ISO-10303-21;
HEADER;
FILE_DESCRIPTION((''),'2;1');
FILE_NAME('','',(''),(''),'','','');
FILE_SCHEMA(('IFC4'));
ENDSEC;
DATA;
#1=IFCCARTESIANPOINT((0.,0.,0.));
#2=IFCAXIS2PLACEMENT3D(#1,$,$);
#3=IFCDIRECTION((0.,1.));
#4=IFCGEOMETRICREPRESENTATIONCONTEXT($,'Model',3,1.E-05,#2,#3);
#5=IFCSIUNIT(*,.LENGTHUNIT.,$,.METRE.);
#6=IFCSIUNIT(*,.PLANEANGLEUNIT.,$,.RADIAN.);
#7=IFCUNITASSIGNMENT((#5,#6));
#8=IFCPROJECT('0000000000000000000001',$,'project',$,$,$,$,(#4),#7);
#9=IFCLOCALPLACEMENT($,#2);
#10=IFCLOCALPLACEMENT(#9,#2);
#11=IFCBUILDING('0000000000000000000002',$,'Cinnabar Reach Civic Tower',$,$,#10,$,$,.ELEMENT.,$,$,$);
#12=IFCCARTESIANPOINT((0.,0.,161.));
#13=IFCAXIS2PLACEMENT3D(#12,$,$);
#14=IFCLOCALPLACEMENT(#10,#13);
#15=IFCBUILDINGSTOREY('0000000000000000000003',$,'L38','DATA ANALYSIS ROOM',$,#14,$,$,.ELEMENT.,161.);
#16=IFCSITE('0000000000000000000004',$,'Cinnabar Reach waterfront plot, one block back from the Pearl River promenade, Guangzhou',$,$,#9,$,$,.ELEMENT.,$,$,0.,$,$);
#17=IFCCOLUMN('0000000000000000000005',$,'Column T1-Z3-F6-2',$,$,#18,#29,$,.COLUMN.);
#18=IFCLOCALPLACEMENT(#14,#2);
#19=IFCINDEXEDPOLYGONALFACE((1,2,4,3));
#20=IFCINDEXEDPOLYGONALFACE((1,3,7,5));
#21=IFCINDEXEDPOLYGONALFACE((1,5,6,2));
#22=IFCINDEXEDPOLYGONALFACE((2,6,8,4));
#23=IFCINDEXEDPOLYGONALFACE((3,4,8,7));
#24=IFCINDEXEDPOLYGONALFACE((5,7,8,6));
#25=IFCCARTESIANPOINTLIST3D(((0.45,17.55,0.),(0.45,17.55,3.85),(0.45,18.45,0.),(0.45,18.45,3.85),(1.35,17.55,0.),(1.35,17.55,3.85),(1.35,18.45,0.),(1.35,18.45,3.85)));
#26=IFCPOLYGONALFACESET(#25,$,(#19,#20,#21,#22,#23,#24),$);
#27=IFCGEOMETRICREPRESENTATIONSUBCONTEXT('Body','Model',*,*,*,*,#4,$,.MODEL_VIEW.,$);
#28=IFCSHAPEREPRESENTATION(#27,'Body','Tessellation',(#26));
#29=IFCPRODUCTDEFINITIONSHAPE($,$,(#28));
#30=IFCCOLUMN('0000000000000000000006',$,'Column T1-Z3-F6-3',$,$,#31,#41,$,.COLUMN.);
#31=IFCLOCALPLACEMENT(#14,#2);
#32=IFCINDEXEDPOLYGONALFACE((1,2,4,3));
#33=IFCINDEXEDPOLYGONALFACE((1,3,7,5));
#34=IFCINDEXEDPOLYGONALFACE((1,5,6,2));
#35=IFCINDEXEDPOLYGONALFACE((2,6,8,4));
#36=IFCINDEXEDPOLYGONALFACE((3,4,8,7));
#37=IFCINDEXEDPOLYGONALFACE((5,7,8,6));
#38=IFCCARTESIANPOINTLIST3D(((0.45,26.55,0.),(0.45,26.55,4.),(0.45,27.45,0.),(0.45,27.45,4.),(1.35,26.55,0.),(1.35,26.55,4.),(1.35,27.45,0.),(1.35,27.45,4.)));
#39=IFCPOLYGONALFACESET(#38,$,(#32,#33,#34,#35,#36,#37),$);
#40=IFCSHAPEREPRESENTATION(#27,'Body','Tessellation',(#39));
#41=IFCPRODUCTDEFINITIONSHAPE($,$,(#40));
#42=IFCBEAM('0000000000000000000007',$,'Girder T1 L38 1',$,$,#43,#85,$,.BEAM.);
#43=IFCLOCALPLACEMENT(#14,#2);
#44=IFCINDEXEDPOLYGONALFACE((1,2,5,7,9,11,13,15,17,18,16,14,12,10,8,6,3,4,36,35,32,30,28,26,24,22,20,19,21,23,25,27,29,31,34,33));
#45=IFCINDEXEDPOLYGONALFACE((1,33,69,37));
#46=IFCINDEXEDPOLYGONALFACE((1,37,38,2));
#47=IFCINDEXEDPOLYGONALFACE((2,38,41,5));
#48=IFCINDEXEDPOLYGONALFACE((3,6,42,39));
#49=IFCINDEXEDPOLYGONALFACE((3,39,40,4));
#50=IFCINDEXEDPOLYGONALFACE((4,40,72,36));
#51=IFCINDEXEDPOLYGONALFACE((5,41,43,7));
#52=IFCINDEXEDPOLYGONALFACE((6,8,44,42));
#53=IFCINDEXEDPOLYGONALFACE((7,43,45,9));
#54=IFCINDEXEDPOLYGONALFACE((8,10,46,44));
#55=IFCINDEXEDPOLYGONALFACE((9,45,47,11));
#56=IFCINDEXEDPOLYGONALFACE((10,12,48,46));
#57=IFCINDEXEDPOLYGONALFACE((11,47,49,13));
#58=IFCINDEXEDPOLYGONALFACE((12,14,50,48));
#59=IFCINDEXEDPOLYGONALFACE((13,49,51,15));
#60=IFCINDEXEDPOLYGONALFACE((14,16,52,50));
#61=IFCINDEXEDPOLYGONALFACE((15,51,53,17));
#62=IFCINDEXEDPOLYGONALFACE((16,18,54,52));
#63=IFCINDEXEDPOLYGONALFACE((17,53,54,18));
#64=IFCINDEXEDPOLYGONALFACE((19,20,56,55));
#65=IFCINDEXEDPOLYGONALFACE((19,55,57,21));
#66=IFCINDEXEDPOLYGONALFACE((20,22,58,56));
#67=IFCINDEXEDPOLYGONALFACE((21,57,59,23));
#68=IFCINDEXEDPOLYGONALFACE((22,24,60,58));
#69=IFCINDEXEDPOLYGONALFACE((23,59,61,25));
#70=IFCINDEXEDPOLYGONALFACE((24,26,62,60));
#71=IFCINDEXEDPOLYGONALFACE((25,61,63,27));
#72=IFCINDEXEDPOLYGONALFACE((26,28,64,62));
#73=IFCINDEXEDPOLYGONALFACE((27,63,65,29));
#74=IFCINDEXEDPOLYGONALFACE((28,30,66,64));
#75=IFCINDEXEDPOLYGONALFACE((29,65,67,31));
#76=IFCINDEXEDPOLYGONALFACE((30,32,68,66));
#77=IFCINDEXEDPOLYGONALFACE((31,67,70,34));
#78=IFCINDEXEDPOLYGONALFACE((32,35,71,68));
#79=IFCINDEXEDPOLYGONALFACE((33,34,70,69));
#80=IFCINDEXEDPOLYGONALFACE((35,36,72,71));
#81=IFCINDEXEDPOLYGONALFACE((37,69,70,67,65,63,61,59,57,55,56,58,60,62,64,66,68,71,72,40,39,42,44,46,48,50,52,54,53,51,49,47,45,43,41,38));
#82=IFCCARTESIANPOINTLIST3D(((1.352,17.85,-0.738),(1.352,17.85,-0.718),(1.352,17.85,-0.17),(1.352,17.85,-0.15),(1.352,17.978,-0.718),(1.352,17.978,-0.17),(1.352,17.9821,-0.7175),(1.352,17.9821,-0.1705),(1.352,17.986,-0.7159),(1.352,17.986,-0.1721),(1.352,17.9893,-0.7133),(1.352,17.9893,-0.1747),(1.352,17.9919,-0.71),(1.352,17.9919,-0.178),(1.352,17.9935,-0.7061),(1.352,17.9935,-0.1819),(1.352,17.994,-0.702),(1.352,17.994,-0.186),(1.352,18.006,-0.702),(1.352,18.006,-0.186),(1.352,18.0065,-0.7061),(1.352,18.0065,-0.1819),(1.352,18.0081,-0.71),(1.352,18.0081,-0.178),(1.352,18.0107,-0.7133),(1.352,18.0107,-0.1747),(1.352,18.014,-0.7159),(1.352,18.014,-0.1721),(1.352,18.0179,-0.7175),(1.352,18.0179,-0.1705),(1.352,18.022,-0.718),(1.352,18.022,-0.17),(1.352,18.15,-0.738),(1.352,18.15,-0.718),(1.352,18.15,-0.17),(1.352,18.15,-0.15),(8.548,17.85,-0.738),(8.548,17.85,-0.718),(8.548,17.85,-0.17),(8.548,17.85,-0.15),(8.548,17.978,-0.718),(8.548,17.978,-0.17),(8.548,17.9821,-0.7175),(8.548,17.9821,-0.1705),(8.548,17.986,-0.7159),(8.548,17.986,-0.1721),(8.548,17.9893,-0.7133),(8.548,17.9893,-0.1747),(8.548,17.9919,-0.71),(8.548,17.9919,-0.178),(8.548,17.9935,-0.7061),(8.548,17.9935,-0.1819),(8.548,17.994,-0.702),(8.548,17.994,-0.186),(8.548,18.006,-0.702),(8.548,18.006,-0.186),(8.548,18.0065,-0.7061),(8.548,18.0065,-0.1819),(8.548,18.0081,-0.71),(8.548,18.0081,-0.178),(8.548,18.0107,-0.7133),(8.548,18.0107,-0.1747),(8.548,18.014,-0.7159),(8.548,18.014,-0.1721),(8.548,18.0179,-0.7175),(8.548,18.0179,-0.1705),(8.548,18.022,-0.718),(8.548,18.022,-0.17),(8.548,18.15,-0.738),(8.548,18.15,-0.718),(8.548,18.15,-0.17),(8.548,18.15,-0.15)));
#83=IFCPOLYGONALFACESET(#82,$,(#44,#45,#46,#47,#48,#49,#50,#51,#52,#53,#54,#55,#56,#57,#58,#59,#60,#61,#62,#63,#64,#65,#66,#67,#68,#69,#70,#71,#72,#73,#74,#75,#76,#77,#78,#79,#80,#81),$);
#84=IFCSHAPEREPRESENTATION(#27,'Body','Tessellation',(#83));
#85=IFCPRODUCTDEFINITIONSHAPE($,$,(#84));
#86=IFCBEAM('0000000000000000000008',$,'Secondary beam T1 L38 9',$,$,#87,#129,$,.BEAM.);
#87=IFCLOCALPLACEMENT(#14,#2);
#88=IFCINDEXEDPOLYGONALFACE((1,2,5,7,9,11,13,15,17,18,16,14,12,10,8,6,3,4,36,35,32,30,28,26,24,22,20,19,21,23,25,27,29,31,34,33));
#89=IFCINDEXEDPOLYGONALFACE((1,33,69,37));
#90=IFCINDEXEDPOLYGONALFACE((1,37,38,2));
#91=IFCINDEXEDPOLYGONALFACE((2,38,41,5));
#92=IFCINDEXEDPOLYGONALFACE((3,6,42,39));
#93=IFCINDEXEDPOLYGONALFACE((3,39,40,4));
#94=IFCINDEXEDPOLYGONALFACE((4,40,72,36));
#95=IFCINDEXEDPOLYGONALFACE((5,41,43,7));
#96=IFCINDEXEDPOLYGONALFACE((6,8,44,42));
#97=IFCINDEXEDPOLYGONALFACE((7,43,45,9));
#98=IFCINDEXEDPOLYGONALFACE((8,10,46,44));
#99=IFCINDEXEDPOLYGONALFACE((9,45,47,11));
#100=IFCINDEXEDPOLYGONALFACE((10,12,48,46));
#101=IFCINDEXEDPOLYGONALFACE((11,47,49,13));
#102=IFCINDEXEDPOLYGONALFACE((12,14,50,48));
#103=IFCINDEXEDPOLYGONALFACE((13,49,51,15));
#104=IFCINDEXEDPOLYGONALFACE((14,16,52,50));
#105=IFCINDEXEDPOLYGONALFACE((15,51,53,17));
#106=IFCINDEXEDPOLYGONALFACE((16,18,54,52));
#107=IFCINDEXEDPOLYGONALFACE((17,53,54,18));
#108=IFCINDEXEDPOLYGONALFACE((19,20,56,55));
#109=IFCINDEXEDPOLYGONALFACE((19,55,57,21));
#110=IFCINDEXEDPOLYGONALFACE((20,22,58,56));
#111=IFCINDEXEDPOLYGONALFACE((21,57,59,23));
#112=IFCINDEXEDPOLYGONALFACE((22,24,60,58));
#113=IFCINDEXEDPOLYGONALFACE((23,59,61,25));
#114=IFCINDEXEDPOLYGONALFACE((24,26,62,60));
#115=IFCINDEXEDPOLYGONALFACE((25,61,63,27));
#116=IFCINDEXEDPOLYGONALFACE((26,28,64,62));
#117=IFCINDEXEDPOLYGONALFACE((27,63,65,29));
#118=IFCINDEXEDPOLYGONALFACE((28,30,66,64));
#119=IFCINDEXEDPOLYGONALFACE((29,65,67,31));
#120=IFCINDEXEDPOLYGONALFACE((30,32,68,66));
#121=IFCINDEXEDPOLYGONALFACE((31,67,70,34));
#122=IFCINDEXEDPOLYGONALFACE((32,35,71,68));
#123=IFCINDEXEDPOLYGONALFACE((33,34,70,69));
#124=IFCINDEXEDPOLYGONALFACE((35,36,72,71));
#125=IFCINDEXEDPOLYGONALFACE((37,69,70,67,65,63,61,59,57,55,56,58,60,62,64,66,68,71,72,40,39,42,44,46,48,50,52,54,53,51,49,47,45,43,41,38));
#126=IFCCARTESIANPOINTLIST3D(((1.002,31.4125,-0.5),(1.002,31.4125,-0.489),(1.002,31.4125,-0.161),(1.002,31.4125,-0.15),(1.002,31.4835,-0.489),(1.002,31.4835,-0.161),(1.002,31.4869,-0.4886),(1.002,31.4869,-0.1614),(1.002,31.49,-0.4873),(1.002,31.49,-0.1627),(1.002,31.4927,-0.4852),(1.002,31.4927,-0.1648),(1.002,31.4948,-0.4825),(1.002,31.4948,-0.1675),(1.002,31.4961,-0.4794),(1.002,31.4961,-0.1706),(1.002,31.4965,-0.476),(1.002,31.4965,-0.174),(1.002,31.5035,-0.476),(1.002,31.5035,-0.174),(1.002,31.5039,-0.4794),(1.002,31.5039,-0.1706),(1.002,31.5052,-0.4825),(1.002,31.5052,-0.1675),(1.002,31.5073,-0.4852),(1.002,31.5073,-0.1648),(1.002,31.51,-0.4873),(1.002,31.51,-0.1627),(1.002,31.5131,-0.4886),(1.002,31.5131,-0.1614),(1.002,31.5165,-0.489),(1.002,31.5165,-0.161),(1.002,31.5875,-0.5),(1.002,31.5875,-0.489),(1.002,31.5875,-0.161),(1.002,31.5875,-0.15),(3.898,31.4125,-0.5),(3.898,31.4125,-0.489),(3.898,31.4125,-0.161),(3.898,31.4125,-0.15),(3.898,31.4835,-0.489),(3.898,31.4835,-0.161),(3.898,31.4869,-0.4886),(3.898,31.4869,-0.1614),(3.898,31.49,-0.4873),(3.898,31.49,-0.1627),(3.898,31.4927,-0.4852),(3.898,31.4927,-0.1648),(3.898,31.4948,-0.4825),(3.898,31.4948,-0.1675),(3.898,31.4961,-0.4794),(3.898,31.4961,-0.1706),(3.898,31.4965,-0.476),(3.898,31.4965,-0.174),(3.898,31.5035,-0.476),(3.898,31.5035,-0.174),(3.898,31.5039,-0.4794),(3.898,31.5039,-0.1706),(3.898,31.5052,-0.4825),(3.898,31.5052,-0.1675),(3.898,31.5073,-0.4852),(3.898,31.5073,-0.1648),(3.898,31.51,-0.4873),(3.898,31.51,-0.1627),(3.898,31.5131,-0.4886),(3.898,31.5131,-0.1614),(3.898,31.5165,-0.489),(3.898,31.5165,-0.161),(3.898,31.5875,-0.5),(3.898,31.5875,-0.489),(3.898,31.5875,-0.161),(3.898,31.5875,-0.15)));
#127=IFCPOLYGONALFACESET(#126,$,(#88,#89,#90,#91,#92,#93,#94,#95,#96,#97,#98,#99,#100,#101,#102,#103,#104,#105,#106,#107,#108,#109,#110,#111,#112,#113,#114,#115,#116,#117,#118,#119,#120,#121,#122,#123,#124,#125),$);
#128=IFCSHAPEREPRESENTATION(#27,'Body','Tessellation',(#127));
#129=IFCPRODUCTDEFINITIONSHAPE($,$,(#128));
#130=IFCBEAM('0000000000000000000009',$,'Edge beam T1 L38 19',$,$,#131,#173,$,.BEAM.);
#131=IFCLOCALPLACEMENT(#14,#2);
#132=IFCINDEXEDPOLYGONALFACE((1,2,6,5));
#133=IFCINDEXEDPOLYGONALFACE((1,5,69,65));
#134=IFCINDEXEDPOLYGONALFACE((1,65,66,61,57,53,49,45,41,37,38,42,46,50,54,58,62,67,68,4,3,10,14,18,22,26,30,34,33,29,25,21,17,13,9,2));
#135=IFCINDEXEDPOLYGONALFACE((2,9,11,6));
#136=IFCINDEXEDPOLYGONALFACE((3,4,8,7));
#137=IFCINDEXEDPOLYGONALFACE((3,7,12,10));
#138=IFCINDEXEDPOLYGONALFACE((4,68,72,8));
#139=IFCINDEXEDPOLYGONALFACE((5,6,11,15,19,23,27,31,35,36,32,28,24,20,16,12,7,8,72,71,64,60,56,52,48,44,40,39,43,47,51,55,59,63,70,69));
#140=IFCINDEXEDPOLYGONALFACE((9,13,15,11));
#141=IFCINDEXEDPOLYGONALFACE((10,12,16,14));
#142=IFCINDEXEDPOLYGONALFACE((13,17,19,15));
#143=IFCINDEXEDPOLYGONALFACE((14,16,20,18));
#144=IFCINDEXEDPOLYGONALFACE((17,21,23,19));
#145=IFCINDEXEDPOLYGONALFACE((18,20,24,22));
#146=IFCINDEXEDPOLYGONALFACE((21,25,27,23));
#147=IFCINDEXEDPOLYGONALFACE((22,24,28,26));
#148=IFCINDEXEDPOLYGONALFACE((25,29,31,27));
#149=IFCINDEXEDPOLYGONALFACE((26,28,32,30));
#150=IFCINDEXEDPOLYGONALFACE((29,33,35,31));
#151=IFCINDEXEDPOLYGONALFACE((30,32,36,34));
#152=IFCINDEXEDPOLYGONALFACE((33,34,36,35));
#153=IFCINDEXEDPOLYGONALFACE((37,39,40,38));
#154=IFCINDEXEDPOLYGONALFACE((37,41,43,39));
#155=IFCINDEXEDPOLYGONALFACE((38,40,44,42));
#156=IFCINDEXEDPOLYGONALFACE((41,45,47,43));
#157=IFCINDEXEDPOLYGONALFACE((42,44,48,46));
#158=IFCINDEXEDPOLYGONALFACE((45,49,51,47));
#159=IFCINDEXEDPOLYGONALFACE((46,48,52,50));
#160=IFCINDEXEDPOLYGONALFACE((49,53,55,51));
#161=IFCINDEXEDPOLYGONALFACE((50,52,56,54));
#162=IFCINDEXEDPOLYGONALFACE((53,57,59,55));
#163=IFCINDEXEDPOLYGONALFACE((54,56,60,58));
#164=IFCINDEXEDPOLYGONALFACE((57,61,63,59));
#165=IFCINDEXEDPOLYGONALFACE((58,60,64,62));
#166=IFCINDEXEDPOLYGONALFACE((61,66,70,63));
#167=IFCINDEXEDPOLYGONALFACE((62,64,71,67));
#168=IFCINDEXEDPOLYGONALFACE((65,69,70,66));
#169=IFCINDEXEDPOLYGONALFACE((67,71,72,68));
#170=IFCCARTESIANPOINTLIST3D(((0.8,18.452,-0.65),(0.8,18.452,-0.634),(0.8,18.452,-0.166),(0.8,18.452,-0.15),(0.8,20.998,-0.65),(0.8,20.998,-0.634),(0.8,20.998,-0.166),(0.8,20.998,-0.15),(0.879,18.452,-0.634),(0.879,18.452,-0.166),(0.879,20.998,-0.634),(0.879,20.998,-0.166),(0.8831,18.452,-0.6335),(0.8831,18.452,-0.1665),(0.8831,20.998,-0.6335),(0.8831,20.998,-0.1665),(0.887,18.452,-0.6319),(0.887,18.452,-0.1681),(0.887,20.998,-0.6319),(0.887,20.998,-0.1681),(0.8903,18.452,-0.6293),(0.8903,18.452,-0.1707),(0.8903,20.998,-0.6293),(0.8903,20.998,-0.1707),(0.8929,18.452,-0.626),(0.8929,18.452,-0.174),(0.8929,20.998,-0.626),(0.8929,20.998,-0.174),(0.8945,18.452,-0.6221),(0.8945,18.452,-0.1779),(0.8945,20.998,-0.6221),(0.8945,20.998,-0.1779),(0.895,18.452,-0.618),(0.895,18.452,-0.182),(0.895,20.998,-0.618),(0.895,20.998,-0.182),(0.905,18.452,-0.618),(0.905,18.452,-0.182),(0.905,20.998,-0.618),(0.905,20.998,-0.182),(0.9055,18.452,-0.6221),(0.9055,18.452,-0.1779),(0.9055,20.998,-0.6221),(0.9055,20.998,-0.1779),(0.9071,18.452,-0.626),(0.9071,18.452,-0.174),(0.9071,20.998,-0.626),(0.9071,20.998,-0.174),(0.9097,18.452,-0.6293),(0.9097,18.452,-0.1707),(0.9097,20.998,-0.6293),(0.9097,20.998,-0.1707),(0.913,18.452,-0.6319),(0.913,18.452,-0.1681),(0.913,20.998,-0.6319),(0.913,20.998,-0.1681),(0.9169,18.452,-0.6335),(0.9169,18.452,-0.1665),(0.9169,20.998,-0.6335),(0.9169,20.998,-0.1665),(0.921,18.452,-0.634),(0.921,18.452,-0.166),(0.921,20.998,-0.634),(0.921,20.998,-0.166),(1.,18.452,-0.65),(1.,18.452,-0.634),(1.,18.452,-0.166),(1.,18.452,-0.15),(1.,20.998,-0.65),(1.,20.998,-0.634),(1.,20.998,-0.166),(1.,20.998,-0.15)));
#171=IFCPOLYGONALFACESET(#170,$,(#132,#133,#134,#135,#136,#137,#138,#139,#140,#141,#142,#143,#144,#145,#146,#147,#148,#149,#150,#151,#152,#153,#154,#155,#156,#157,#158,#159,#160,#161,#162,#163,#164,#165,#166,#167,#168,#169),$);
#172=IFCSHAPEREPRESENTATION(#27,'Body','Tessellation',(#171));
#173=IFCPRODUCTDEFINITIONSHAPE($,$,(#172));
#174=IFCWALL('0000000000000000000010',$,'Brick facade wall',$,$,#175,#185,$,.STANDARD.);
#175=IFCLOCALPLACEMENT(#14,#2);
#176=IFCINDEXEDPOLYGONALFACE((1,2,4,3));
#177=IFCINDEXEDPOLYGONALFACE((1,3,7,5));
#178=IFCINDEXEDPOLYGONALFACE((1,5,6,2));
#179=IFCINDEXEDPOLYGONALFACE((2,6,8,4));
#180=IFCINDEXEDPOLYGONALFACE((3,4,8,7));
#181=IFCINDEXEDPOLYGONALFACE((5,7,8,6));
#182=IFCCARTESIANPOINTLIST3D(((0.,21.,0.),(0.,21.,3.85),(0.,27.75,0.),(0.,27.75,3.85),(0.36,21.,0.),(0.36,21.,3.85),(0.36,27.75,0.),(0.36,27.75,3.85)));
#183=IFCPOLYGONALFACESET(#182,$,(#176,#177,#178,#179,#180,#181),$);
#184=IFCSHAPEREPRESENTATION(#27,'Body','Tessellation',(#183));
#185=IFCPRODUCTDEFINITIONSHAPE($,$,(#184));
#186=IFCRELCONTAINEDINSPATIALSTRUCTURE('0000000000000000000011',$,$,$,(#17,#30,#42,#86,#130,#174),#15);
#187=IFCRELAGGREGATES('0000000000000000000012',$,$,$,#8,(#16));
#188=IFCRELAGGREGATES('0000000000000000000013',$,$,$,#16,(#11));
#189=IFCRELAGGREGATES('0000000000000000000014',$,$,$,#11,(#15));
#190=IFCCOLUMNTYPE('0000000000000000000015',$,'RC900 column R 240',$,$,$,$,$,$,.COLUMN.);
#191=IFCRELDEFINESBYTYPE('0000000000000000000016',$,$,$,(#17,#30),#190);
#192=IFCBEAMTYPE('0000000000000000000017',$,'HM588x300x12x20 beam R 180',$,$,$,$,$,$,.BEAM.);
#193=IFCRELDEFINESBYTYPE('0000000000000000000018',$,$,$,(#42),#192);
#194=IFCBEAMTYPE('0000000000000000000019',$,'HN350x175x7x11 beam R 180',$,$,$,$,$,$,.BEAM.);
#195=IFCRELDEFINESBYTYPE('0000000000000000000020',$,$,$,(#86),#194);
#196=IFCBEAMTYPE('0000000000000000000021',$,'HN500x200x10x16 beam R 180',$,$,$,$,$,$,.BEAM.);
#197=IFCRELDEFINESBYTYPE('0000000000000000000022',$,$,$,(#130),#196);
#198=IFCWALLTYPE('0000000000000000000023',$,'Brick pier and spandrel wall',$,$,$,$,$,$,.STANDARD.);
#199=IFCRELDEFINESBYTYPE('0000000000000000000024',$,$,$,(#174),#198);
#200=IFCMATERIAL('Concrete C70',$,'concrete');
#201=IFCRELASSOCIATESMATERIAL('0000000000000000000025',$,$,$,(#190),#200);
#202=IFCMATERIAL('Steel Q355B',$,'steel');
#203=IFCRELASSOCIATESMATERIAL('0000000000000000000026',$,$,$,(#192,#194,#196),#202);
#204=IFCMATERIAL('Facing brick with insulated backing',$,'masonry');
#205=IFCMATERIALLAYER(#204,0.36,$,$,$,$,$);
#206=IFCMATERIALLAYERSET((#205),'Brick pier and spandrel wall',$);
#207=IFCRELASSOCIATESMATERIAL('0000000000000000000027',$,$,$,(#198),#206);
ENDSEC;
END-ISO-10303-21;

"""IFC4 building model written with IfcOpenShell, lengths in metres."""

from ifc_helpers import new_model, si_unit, direction, frame, frame_2d, origin, origin_2d, place, context, subcontext, project, spatial, rectangle, i_section, extrude, material, layer, layer_set, material_profile, profile_set, type_object, element, save


model = new_model("IFC4")

# Units and contexts
model_context = context("Model", 3, precision=1e-05, world=origin(), true_north=direction((0.0, 1.0)))
body_context = subcontext(model_context, "Body", "Model", "MODEL_VIEW")
ifc_project = project(units=[si_unit("LENGTHUNIT", "METRE"), si_unit("PLANEANGLEUNIT", "RADIAN")], contexts=[model_context])

# Site, building, storey
site_placement = place(None, origin())
site = spatial("IfcSite", under=ifc_project, at=site_placement, Name="Cinnabar Reach waterfront plot, one block back from the Pearl River promenade, Guangzhou", CompositionType="ELEMENT", RefElevation=0.0)
building_placement = place(site_placement, origin())
building = spatial("IfcBuilding", under=site, at=building_placement, Name="Cinnabar Reach Civic Tower", CompositionType="ELEMENT")
storey_placement = place(building_placement, frame((0.0, 0.0, 161.0)))
storey = spatial("IfcBuildingStorey", under=building, at=storey_placement, Name="L38", Description="DATA ANALYSIS ROOM", CompositionType="ELEMENT", Elevation=161.0)

# Columns
ifc_material_1 = material(Name="Concrete C70", Category="concrete")
ifc_material_profile_1 = material_profile(ifc_material_1, rectangle(XDim=0.9, YDim=0.9, at=origin_2d()), Name="RC900")
ifc_profile_set_1 = profile_set([ifc_material_profile_1], Name="Concrete C70")
column_type = type_object("IfcColumnType", Name="RC900 column R 240", PredefinedType="COLUMN", material=ifc_profile_set_1)
column_1_placement = place(storey_placement, frame((0.9, 18.0, 0.0), z_axis=(0.0, 0.0, 1.0), x_axis=(1.0, 0.0, 0.0)))
element("IfcColumn", 1, at=column_1_placement, inside=storey, type_object=column_type, Name="Column T1-Z3-F6-2", PredefinedType="COLUMN", context=body_context, shape_type="SweptSolid", body=[
    extrude(rectangle(XDim=0.9, YDim=0.9, at=origin_2d()), origin(), (0.0, 0.0, 1.0), 3.85),
])
column_2_placement = place(storey_placement, frame((0.9, 27.0, 0.0), z_axis=(0.0, 0.0, 1.0), x_axis=(1.0, 0.0, 0.0)))
element("IfcColumn", 2, at=column_2_placement, inside=storey, type_object=column_type, Name="Column T1-Z3-F6-3", PredefinedType="COLUMN", context=body_context, shape_type="SweptSolid", body=[
    extrude(rectangle(XDim=0.9, YDim=0.9, at=origin_2d()), origin(), (0.0, 0.0, 1.0), 4.0),
])

# Beams
ifc_material_2 = material(Name="Steel Q355B", Category="steel")
ifc_material_profile_2 = material_profile(ifc_material_2, i_section(OverallWidth=0.3, OverallDepth=0.588, WebThickness=0.012, FlangeThickness=0.02, FilletRadius=0.016, at=origin_2d()), Name="HM588x300x12x20")
ifc_profile_set_2 = profile_set([ifc_material_profile_2], Name="Steel Q355B")
beam_type_1 = type_object("IfcBeamType", Name="HM588x300x12x20 beam R 180", PredefinedType="BEAM", material=ifc_profile_set_2)
beam_1_placement = place(storey_placement, frame((1.352, 18.0, -0.444), z_axis=(1.0, 0.0, 0.0), x_axis=(0.0, 1.0, 0.0)))
element("IfcBeam", 3, at=beam_1_placement, inside=storey, type_object=beam_type_1, Name="Girder T1 L38 1", PredefinedType="BEAM", context=body_context, shape_type="SweptSolid", body=[
    extrude(i_section(OverallWidth=0.3, OverallDepth=0.588, WebThickness=0.012, FlangeThickness=0.02, FilletRadius=0.016, at=origin_2d()), origin(), (0.0, 0.0, 1.0), 7.196),
])
ifc_material_profile_3 = material_profile(ifc_material_2, i_section(OverallWidth=0.175, OverallDepth=0.35, WebThickness=0.007, FlangeThickness=0.011, FilletRadius=0.013, at=origin_2d()), Name="HN350x175x7x11")
ifc_profile_set_3 = profile_set([ifc_material_profile_3], Name="Steel Q355B")
beam_type_2 = type_object("IfcBeamType", Name="HN350x175x7x11 beam R 180", PredefinedType="BEAM", material=ifc_profile_set_3)
beam_2_placement = place(storey_placement, frame((1.002, 31.5, -0.325), z_axis=(1.0, 0.0, 0.0), x_axis=(0.0, 1.0, 0.0)))
element("IfcBeam", 4, at=beam_2_placement, inside=storey, type_object=beam_type_2, Name="Secondary beam T1 L38 9", PredefinedType="BEAM", context=body_context, shape_type="SweptSolid", body=[
    extrude(i_section(OverallWidth=0.175, OverallDepth=0.35, WebThickness=0.007, FlangeThickness=0.011, FilletRadius=0.013, at=origin_2d()), origin(), (0.0, 0.0, 1.0), 2.896),
])
ifc_material_profile_4 = material_profile(ifc_material_2, i_section(OverallWidth=0.2, OverallDepth=0.5, WebThickness=0.01, FlangeThickness=0.016, FilletRadius=0.016, at=origin_2d()), Name="HN500x200x10x16")
ifc_profile_set_4 = profile_set([ifc_material_profile_4], Name="Steel Q355B")
beam_type_3 = type_object("IfcBeamType", Name="HN500x200x10x16 beam R 180", PredefinedType="BEAM", material=ifc_profile_set_4)
beam_3_placement = place(storey_placement, frame((0.9, 20.998, -0.4), z_axis=(0.0, -1.0, 0.0), x_axis=(1.0, 0.0, 0.0)))
element("IfcBeam", 5, at=beam_3_placement, inside=storey, type_object=beam_type_3, Name="Edge beam T1 L38 19", PredefinedType="BEAM", context=body_context, shape_type="SweptSolid", body=[
    extrude(i_section(OverallWidth=0.2, OverallDepth=0.5, WebThickness=0.01, FlangeThickness=0.016, FilletRadius=0.016, at=origin_2d()), origin(), (0.0, 0.0, 1.0), 2.546),
])

# Wall
ifc_material_3 = material(Name="Facing brick with insulated backing", Category="masonry")
ifc_layer_1 = layer(ifc_material_3, 0.36)
ifc_layer_set_1 = layer_set([ifc_layer_1], Name="Brick pier and spandrel wall")
wall_type_1 = type_object("IfcWallType", Name="Brick pier and spandrel wall", PredefinedType="STANDARD", material=ifc_layer_set_1)
wall_1_placement = place(storey_placement, frame((0.18, 27.75, 0.0), z_axis=(0.0, 0.0, 1.0), x_axis=(0.0, -1.0, 0.0)))
element("IfcWall", 6, at=wall_1_placement, inside=storey, type_object=wall_type_1, Name="Brick facade wall", PredefinedType="STANDARD", context=body_context, shape_type="SweptSolid", body=[
    extrude(rectangle(XDim=6.75, YDim=0.36, at=frame_2d((3.375, 0.0))), origin(), (0.0, 0.0, 1.0), 3.85),
])

save(model, "model.ifc")
